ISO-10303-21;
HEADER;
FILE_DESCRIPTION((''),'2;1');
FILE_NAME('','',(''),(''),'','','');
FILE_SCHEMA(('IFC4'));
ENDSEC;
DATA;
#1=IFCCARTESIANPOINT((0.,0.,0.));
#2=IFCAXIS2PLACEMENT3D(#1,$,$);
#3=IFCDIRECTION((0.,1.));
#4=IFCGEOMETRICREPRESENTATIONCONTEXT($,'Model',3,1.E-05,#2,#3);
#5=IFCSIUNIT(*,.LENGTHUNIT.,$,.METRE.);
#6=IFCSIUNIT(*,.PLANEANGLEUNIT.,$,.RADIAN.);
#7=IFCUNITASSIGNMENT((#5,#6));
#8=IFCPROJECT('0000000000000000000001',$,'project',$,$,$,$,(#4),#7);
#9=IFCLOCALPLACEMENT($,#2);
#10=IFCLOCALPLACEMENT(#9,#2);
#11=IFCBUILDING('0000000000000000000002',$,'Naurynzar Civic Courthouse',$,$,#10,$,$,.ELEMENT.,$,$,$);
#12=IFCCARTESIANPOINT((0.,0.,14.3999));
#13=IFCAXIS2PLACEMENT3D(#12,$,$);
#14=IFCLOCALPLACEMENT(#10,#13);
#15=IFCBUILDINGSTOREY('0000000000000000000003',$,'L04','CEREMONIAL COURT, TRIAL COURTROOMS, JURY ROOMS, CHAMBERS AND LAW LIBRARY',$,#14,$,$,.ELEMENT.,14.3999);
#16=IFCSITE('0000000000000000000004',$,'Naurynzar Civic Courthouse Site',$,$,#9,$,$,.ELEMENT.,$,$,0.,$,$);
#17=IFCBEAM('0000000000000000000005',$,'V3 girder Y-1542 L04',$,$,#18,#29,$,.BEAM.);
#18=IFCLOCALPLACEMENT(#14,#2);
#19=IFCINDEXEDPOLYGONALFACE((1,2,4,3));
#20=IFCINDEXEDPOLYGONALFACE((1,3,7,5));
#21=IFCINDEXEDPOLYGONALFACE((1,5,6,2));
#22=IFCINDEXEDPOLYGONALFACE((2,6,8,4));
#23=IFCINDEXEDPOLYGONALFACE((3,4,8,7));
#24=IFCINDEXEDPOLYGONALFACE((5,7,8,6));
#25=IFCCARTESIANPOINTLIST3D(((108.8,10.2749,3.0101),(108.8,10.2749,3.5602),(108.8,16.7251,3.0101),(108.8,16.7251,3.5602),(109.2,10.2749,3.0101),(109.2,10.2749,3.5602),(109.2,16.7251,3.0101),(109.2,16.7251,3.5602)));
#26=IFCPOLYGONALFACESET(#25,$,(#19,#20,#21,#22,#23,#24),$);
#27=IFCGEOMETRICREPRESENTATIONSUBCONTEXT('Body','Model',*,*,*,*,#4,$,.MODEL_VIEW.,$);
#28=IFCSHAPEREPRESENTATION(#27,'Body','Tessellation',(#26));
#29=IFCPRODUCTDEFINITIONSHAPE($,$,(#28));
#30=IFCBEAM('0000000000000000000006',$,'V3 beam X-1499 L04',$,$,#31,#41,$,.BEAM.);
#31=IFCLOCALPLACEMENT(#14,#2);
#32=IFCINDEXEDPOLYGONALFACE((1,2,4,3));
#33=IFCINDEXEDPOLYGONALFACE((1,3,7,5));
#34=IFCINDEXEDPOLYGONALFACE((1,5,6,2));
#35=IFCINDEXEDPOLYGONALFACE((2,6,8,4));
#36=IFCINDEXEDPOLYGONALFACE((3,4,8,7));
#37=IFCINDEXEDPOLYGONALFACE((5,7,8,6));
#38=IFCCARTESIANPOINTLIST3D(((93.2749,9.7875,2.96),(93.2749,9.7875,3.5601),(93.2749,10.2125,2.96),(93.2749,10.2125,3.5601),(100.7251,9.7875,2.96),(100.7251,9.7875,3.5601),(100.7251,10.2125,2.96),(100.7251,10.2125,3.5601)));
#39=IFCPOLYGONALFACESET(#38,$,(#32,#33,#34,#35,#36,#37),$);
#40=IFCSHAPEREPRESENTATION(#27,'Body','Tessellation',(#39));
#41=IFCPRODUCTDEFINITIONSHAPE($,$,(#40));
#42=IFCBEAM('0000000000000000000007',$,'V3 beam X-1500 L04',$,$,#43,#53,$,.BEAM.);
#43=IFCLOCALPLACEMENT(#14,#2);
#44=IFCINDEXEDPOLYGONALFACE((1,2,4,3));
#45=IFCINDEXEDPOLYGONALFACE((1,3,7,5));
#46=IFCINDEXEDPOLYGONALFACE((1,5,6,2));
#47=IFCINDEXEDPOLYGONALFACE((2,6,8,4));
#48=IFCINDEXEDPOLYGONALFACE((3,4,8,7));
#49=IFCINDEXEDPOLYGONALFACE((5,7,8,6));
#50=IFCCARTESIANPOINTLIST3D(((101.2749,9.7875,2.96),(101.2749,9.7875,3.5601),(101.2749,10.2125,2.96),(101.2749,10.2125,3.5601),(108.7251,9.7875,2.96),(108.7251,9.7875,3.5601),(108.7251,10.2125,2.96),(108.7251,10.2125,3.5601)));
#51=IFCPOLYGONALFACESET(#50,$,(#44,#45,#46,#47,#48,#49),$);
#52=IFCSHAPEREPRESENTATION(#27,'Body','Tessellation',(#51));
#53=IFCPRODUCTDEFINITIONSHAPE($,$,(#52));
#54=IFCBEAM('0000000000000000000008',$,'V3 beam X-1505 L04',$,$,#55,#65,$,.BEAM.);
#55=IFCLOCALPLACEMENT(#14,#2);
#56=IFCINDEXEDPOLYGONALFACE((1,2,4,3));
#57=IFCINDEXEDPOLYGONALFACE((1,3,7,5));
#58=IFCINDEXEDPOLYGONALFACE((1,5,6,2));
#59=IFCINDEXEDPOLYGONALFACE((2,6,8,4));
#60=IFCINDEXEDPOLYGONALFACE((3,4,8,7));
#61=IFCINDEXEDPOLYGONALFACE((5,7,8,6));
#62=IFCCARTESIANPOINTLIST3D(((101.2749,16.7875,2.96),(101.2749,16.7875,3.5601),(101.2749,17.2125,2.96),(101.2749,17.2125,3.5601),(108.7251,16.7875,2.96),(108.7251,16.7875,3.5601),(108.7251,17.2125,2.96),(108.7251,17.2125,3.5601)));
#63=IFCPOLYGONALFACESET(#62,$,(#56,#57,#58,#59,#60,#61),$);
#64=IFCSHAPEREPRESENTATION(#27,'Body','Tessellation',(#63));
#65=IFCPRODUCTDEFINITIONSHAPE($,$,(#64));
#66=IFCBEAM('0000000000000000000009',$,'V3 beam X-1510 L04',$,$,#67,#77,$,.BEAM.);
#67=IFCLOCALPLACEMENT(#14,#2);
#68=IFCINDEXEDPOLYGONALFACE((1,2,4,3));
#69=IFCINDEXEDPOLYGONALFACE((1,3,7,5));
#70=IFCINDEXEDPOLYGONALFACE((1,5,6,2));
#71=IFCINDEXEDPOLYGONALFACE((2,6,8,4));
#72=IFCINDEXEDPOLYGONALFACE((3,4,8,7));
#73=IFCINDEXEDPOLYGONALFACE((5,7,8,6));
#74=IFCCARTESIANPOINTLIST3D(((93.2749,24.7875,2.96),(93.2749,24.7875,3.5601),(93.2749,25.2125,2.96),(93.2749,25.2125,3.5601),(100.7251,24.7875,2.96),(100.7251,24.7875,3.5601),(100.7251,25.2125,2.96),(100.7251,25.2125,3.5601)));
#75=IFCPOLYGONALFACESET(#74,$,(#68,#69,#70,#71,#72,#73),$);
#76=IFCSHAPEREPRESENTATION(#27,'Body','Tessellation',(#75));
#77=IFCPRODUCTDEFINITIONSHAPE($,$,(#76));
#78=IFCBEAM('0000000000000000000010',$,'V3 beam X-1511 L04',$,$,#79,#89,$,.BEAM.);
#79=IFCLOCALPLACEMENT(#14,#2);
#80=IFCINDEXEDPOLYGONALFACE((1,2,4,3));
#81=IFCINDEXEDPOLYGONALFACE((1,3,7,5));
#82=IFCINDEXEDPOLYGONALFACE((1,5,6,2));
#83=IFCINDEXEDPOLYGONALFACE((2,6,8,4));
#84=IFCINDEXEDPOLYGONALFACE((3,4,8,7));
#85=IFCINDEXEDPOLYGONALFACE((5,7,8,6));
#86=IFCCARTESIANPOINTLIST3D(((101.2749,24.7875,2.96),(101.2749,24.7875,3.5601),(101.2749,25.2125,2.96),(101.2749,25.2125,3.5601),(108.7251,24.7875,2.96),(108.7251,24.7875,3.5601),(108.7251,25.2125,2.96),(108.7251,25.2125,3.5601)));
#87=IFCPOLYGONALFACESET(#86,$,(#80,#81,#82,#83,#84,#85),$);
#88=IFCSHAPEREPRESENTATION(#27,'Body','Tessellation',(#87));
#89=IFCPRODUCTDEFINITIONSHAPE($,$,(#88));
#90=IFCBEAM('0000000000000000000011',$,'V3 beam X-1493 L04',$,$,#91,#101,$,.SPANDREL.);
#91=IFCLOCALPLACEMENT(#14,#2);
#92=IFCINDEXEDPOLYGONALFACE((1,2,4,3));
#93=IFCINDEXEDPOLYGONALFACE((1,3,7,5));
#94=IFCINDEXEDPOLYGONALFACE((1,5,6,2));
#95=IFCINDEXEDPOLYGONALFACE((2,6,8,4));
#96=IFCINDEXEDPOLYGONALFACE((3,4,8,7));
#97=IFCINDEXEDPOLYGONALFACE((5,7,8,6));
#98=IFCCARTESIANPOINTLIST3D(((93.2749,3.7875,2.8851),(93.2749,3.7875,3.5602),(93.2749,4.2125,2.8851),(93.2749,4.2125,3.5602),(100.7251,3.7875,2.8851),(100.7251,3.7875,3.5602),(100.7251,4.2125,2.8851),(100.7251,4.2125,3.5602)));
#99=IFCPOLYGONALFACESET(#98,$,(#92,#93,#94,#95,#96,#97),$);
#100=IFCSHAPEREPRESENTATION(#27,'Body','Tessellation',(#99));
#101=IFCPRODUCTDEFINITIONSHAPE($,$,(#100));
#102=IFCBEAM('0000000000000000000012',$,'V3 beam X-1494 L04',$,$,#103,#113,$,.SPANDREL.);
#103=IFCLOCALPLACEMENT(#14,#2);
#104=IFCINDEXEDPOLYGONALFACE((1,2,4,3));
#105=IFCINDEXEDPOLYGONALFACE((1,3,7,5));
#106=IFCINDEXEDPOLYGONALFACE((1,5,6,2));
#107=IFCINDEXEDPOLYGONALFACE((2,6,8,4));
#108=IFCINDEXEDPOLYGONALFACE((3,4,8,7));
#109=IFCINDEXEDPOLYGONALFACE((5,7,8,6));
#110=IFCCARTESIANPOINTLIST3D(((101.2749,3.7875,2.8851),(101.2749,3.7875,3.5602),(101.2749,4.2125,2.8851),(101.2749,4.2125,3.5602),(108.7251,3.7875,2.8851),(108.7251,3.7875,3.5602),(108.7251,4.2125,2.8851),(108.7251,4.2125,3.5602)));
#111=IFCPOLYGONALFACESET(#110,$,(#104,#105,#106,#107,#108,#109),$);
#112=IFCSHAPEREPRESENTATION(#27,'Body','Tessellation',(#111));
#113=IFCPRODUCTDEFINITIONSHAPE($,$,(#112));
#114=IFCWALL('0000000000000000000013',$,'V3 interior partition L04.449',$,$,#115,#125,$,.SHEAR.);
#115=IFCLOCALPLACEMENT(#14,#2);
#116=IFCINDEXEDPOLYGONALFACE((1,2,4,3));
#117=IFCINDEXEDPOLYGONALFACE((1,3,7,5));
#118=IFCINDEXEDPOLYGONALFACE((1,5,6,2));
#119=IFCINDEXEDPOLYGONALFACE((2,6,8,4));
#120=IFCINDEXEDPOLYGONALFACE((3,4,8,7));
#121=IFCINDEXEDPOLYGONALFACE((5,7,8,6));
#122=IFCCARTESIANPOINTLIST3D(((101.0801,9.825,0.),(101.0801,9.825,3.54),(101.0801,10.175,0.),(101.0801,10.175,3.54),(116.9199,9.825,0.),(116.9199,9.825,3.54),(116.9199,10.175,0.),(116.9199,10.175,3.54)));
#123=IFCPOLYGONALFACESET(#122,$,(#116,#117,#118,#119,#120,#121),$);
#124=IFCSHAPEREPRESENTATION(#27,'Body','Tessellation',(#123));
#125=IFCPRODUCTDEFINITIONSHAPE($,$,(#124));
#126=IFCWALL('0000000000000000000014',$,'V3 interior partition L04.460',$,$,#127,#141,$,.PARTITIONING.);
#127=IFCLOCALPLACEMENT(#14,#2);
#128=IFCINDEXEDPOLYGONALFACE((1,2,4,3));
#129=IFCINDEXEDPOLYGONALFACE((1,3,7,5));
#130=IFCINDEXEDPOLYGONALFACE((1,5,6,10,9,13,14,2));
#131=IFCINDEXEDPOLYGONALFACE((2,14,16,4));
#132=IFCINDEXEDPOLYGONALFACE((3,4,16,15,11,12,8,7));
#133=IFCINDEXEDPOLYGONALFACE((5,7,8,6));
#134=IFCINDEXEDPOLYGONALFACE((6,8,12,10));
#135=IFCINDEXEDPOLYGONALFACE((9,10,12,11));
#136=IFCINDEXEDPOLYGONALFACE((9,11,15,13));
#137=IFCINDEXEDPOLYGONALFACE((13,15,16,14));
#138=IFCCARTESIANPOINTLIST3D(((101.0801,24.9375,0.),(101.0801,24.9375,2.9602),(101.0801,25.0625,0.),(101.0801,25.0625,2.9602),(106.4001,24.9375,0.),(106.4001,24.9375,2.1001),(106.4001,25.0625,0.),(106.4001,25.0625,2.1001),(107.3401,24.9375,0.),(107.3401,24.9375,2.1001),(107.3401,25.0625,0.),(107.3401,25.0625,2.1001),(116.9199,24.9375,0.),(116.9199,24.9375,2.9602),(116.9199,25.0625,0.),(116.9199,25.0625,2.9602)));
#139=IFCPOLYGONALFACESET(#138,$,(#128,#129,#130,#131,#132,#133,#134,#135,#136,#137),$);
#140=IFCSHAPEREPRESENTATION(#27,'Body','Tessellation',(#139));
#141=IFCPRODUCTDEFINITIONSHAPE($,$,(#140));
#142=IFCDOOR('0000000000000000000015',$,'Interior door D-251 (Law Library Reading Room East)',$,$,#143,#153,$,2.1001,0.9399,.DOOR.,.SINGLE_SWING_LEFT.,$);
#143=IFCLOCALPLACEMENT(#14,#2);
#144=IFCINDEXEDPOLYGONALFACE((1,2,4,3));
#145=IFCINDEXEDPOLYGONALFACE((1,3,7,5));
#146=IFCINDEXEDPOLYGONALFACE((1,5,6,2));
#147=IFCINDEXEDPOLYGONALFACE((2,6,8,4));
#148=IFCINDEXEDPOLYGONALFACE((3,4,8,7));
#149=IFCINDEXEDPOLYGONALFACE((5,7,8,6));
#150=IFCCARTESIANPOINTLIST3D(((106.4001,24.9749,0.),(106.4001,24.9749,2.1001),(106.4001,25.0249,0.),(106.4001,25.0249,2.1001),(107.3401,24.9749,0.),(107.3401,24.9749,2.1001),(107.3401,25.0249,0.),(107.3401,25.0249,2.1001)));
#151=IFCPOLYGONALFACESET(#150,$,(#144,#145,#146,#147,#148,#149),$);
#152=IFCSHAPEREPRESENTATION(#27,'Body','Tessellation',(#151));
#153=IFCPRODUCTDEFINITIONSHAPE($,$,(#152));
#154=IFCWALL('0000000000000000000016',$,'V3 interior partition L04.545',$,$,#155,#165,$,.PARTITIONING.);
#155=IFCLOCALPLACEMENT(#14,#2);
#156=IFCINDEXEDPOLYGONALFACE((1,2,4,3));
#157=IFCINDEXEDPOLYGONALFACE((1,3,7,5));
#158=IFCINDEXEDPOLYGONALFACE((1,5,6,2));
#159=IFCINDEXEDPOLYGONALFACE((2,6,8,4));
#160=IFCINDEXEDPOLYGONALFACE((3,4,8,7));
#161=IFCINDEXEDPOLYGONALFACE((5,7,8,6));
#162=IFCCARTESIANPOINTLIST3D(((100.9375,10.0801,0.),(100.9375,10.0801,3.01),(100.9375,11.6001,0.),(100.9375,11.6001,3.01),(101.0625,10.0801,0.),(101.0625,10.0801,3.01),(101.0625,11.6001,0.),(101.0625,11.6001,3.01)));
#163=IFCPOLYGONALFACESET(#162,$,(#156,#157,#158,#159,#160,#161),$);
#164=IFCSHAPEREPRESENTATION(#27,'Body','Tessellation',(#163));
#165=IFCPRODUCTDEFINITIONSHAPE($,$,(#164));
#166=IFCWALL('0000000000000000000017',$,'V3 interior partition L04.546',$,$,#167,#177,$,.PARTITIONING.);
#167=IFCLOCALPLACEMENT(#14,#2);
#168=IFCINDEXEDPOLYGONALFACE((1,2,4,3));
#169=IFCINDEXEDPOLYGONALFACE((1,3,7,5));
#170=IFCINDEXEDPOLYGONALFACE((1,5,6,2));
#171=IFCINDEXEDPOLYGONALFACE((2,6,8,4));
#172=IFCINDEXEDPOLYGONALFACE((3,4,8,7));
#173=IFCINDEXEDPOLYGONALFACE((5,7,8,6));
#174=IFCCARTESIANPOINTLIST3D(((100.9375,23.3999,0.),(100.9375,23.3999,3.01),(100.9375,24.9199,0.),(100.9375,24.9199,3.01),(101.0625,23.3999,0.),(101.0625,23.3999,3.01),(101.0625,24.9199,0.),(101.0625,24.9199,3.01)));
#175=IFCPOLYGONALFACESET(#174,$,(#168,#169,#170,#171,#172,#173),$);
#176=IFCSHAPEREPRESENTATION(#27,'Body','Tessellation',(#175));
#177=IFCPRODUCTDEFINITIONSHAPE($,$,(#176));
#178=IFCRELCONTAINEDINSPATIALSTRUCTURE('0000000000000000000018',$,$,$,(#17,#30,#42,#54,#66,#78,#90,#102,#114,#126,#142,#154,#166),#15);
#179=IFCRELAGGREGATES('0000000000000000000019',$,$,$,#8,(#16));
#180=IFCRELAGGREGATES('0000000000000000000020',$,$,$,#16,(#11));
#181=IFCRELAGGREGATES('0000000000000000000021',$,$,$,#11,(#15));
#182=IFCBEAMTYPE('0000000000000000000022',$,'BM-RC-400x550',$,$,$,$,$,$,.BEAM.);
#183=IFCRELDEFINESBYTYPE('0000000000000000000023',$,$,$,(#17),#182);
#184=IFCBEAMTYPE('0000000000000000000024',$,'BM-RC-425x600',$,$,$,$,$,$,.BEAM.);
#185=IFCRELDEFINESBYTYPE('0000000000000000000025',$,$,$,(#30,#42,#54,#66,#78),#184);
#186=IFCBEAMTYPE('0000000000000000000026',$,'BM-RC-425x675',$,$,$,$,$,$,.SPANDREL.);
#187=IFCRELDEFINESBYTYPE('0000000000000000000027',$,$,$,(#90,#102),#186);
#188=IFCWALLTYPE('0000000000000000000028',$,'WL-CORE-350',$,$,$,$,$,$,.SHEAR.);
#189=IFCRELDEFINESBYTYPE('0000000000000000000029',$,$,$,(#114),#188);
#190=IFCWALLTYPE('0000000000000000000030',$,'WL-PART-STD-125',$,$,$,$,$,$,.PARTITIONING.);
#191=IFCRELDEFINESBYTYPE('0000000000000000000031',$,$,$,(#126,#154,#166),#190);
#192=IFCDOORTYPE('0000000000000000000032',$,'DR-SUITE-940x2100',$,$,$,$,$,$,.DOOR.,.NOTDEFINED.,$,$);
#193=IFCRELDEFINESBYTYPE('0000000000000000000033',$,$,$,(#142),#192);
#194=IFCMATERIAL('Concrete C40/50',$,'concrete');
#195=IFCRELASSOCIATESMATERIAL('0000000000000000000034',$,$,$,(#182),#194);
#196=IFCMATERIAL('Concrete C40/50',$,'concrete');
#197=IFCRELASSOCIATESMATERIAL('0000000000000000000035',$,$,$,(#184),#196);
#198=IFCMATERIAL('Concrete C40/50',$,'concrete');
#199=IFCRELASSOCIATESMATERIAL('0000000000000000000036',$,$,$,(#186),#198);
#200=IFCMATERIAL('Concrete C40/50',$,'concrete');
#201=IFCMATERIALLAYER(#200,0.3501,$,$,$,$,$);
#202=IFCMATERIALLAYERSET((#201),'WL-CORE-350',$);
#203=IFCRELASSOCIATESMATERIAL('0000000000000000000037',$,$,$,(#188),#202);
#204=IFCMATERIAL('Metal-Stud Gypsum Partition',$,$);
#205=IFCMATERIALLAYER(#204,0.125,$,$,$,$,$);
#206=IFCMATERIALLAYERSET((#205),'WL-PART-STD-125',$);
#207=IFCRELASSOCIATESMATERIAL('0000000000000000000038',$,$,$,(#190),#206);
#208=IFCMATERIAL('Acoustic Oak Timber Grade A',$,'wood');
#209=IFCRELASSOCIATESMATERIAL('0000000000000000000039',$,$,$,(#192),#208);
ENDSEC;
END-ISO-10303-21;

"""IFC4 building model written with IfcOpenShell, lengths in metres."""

from ifc_helpers import new_model, si_unit, direction, frame, frame_2d, origin, origin_2d, place, context, subcontext, project, spatial, rectangle, extrude, material, layer, layer_set, material_profile, profile_set, type_object, element, fill, save


model = new_model("IFC4")

# Units and contexts
model_context = context("Model", 3, precision=1e-05, world=origin(), true_north=direction((0.0, 1.0)))
body_context = subcontext(model_context, "Body", "Model", "MODEL_VIEW")
ifc_project = project(units=[si_unit("LENGTHUNIT", "METRE"), si_unit("PLANEANGLEUNIT", "RADIAN")], contexts=[model_context])

# Site, building, storey
site_placement = place(None, origin())
site = spatial("IfcSite", under=ifc_project, at=site_placement, Name="Naurynzar Civic Courthouse Site", CompositionType="ELEMENT", RefElevation=0.0)
building_placement = place(site_placement, origin())
building = spatial("IfcBuilding", under=site, at=building_placement, Name="Naurynzar Civic Courthouse", CompositionType="ELEMENT")
storey_placement = place(building_placement, frame((0.0, 0.0, 14.3999)))
storey = spatial("IfcBuildingStorey", under=building, at=storey_placement, Name="L04", Description="CEREMONIAL COURT, TRIAL COURTROOMS, JURY ROOMS, CHAMBERS AND LAW LIBRARY", CompositionType="ELEMENT", Elevation=14.3999)

# Beams
ifc_material_1 = material(Name="Concrete C40/50", Category="concrete")
ifc_material_profile_1 = material_profile(ifc_material_1, rectangle(XDim=0.3999, YDim=0.55, at=origin_2d()), Name="RCB 400x550")
ifc_profile_set_1 = profile_set([ifc_material_profile_1], Name="Concrete C40/50")
beam_type_1 = type_object("IfcBeamType", Name="BM-RC-400x550", PredefinedType="BEAM", material=ifc_profile_set_1)
beam_1_placement = place(storey_placement, frame((109.0, 10.2749, 3.2852), z_axis=(0.0, 1.0, 0.0), x_axis=(-1.0, 0.0, 0.0)))
element("IfcBeam", 1, at=beam_1_placement, inside=storey, type_object=beam_type_1, Name="V3 girder Y-1542 L04", PredefinedType="BEAM", context=body_context, shape_type="SweptSolid", body=[
    extrude(rectangle(XDim=0.3999, YDim=0.55, at=origin_2d()), origin(), (0.0, 0.0, 1.0), 6.4502),
])
ifc_material_2 = material(Name="Concrete C40/50", Category="concrete")
ifc_material_profile_2 = material_profile(ifc_material_2, rectangle(XDim=0.425, YDim=0.6001, at=origin_2d()), Name="RCB 425x600")
ifc_profile_set_2 = profile_set([ifc_material_profile_2], Name="Concrete C40/50")
beam_type_2 = type_object("IfcBeamType", Name="BM-RC-425x600", PredefinedType="BEAM", material=ifc_profile_set_2)
for number, where, z_axis, x_axis, name in (
    (2, (93.2749, 10.0, 3.26), (1.0, 0.0, 0.0), (0.0, 1.0, 0.0), "V3 beam X-1499 L04"),
    (3, (101.2749, 10.0, 3.26), (1.0, 0.0, 0.0), (0.0, 1.0, 0.0), "V3 beam X-1500 L04"),
    (4, (101.2749, 17.0, 3.26), (1.0, 0.0, 0.0), (0.0, 1.0, 0.0), "V3 beam X-1505 L04"),
    (5, (93.2749, 25.0, 3.26), (1.0, 0.0, 0.0), (0.0, 1.0, 0.0), "V3 beam X-1510 L04"),
    (6, (101.2749, 25.0, 3.26), (1.0, 0.0, 0.0), (0.0, 1.0, 0.0), "V3 beam X-1511 L04"),
):
    element("IfcBeam", number, at=place(storey_placement, frame(where, z_axis=z_axis, x_axis=x_axis)), inside=storey, type_object=beam_type_2, Name=name, PredefinedType="BEAM", context=body_context, shape_type="SweptSolid", body=[
        extrude(rectangle(XDim=0.425, YDim=0.6001, at=origin_2d()), origin(), (0.0, 0.0, 1.0), 7.4502),
    ])
ifc_material_3 = material(Name="Concrete C40/50", Category="concrete")
ifc_material_profile_3 = material_profile(ifc_material_3, rectangle(XDim=0.425, YDim=0.675, at=origin_2d()), Name="RCB 425x675")
ifc_profile_set_3 = profile_set([ifc_material_profile_3], Name="Concrete C40/50")
beam_type_3 = type_object("IfcBeamType", Name="BM-RC-425x675", PredefinedType="SPANDREL", material=ifc_profile_set_3)
for number, where, z_axis, x_axis, name in (
    (7, (93.2749, 4.0, 3.2227), (1.0, 0.0, 0.0), (0.0, 1.0, 0.0), "V3 beam X-1493 L04"),
    (8, (101.2749, 4.0, 3.2227), (1.0, 0.0, 0.0), (0.0, 1.0, 0.0), "V3 beam X-1494 L04"),
):
    element("IfcBeam", number, at=place(storey_placement, frame(where, z_axis=z_axis, x_axis=x_axis)), inside=storey, type_object=beam_type_3, Name=name, PredefinedType="SPANDREL", context=body_context, shape_type="SweptSolid", body=[
        extrude(rectangle(XDim=0.425, YDim=0.675, at=origin_2d()), origin(), (0.0, 0.0, 1.0), 7.4502),
    ])

# Wall
ifc_material_4 = material(Name="Concrete C40/50", Category="concrete")
ifc_layer_1 = layer(ifc_material_4, 0.3501)
ifc_layer_set_1 = layer_set([ifc_layer_1], Name="WL-CORE-350")
wall_type_1 = type_object("IfcWallType", Name="WL-CORE-350", PredefinedType="SHEAR", material=ifc_layer_set_1)
wall_1_placement = place(storey_placement, frame((101.0801, 10.0, 0.0), z_axis=(0.0, 0.0, 1.0), x_axis=(1.0, 0.0, 0.0)))
element("IfcWall", 9, at=wall_1_placement, inside=storey, type_object=wall_type_1, Name="V3 interior partition L04.449", PredefinedType="SHEAR", context=body_context, shape_type="SweptSolid", body=[
    extrude(rectangle(XDim=15.8398, YDim=0.3501, at=frame_2d((7.9199, 0.0))), origin(), (0.0, 0.0, 1.0), 3.54),
])

# Wall, opening, door
ifc_material_5 = material(Name="Metal-Stud Gypsum Partition")
ifc_layer_2 = layer(ifc_material_5, 0.125)
ifc_layer_set_2 = layer_set([ifc_layer_2], Name="WL-PART-STD-125")
wall_type_2 = type_object("IfcWallType", Name="WL-PART-STD-125", PredefinedType="PARTITIONING", material=ifc_layer_set_2)
wall_2_placement = place(storey_placement, frame((101.0801, 25.0, 0.0), z_axis=(0.0, 0.0, 1.0), x_axis=(1.0, 0.0, 0.0)))
wall_2 = element("IfcWall", 10, at=wall_2_placement, inside=storey, type_object=wall_type_2, Name="V3 interior partition L04.460", PredefinedType="PARTITIONING", context=body_context, shape_type="SweptSolid", body=[
    extrude(rectangle(XDim=15.8398, YDim=0.125, at=frame_2d((7.9199, 0.0))), origin(), (0.0, 0.0, 1.0), 2.9602),
])
opening_1_placement = place(wall_2_placement, frame((5.3201, 0.0, 0.0)))
opening_1 = element("IfcOpeningElement", 11, at=opening_1_placement, cuts=wall_2, PredefinedType="OPENING", context=body_context, shape_type="SweptSolid", body=[
    extrude(rectangle(XDim=0.9399, YDim=2.1001, at=frame_2d((0.47, 1.05))), frame((0.0, 0.0725, 0.0), z_axis=(0.0, -1.0, 0.0), x_axis=(1.0, 0.0, 0.0)), (0.0, 0.0, 1.0), 0.145),
])
ifc_material_6 = material(Name="Acoustic Oak Timber Grade A", Category="wood")
door_type = type_object("IfcDoorType", Name="DR-SUITE-940x2100", OperationType="NOTDEFINED", PredefinedType="DOOR", material=ifc_material_6)
door_placement = place(opening_1_placement, origin())
door = element("IfcDoor", 12, at=door_placement, inside=storey, type_object=door_type, Name="Interior door D-251 (Law Library Reading Room East)", OperationType="SINGLE_SWING_LEFT", OverallHeight=2.1001, OverallWidth=0.9399, PredefinedType="DOOR", context=body_context, shape_type="SweptSolid", body=[
    extrude(rectangle(XDim=0.9399, YDim=2.1001, at=frame_2d((0.47, 1.05))), frame((0.0, 0.0249, 0.0), z_axis=(0.0, -1.0, 0.0), x_axis=(1.0, 0.0, 0.0)), (0.0, 0.0, 1.0), 0.05),
])
fill(opening_1, door)

# Walls
for number, where, z_axis, x_axis, name in (
    (13, (101.0, 10.0801, 0.0), (0.0, 0.0, 1.0), (0.0, 1.0, 0.0), "V3 interior partition L04.545"),
    (14, (101.0, 23.3999, 0.0), (0.0, 0.0, 1.0), (0.0, 1.0, 0.0), "V3 interior partition L04.546"),
):
    element("IfcWall", number, at=place(storey_placement, frame(where, z_axis=z_axis, x_axis=x_axis)), inside=storey, type_object=wall_type_2, Name=name, PredefinedType="PARTITIONING", context=body_context, shape_type="SweptSolid", body=[
        extrude(rectangle(XDim=1.52, YDim=0.125, at=frame_2d((0.76, 0.0))), origin(), (0.0, 0.0, 1.0), 3.01),
    ])

save(model, "model.ifc")
